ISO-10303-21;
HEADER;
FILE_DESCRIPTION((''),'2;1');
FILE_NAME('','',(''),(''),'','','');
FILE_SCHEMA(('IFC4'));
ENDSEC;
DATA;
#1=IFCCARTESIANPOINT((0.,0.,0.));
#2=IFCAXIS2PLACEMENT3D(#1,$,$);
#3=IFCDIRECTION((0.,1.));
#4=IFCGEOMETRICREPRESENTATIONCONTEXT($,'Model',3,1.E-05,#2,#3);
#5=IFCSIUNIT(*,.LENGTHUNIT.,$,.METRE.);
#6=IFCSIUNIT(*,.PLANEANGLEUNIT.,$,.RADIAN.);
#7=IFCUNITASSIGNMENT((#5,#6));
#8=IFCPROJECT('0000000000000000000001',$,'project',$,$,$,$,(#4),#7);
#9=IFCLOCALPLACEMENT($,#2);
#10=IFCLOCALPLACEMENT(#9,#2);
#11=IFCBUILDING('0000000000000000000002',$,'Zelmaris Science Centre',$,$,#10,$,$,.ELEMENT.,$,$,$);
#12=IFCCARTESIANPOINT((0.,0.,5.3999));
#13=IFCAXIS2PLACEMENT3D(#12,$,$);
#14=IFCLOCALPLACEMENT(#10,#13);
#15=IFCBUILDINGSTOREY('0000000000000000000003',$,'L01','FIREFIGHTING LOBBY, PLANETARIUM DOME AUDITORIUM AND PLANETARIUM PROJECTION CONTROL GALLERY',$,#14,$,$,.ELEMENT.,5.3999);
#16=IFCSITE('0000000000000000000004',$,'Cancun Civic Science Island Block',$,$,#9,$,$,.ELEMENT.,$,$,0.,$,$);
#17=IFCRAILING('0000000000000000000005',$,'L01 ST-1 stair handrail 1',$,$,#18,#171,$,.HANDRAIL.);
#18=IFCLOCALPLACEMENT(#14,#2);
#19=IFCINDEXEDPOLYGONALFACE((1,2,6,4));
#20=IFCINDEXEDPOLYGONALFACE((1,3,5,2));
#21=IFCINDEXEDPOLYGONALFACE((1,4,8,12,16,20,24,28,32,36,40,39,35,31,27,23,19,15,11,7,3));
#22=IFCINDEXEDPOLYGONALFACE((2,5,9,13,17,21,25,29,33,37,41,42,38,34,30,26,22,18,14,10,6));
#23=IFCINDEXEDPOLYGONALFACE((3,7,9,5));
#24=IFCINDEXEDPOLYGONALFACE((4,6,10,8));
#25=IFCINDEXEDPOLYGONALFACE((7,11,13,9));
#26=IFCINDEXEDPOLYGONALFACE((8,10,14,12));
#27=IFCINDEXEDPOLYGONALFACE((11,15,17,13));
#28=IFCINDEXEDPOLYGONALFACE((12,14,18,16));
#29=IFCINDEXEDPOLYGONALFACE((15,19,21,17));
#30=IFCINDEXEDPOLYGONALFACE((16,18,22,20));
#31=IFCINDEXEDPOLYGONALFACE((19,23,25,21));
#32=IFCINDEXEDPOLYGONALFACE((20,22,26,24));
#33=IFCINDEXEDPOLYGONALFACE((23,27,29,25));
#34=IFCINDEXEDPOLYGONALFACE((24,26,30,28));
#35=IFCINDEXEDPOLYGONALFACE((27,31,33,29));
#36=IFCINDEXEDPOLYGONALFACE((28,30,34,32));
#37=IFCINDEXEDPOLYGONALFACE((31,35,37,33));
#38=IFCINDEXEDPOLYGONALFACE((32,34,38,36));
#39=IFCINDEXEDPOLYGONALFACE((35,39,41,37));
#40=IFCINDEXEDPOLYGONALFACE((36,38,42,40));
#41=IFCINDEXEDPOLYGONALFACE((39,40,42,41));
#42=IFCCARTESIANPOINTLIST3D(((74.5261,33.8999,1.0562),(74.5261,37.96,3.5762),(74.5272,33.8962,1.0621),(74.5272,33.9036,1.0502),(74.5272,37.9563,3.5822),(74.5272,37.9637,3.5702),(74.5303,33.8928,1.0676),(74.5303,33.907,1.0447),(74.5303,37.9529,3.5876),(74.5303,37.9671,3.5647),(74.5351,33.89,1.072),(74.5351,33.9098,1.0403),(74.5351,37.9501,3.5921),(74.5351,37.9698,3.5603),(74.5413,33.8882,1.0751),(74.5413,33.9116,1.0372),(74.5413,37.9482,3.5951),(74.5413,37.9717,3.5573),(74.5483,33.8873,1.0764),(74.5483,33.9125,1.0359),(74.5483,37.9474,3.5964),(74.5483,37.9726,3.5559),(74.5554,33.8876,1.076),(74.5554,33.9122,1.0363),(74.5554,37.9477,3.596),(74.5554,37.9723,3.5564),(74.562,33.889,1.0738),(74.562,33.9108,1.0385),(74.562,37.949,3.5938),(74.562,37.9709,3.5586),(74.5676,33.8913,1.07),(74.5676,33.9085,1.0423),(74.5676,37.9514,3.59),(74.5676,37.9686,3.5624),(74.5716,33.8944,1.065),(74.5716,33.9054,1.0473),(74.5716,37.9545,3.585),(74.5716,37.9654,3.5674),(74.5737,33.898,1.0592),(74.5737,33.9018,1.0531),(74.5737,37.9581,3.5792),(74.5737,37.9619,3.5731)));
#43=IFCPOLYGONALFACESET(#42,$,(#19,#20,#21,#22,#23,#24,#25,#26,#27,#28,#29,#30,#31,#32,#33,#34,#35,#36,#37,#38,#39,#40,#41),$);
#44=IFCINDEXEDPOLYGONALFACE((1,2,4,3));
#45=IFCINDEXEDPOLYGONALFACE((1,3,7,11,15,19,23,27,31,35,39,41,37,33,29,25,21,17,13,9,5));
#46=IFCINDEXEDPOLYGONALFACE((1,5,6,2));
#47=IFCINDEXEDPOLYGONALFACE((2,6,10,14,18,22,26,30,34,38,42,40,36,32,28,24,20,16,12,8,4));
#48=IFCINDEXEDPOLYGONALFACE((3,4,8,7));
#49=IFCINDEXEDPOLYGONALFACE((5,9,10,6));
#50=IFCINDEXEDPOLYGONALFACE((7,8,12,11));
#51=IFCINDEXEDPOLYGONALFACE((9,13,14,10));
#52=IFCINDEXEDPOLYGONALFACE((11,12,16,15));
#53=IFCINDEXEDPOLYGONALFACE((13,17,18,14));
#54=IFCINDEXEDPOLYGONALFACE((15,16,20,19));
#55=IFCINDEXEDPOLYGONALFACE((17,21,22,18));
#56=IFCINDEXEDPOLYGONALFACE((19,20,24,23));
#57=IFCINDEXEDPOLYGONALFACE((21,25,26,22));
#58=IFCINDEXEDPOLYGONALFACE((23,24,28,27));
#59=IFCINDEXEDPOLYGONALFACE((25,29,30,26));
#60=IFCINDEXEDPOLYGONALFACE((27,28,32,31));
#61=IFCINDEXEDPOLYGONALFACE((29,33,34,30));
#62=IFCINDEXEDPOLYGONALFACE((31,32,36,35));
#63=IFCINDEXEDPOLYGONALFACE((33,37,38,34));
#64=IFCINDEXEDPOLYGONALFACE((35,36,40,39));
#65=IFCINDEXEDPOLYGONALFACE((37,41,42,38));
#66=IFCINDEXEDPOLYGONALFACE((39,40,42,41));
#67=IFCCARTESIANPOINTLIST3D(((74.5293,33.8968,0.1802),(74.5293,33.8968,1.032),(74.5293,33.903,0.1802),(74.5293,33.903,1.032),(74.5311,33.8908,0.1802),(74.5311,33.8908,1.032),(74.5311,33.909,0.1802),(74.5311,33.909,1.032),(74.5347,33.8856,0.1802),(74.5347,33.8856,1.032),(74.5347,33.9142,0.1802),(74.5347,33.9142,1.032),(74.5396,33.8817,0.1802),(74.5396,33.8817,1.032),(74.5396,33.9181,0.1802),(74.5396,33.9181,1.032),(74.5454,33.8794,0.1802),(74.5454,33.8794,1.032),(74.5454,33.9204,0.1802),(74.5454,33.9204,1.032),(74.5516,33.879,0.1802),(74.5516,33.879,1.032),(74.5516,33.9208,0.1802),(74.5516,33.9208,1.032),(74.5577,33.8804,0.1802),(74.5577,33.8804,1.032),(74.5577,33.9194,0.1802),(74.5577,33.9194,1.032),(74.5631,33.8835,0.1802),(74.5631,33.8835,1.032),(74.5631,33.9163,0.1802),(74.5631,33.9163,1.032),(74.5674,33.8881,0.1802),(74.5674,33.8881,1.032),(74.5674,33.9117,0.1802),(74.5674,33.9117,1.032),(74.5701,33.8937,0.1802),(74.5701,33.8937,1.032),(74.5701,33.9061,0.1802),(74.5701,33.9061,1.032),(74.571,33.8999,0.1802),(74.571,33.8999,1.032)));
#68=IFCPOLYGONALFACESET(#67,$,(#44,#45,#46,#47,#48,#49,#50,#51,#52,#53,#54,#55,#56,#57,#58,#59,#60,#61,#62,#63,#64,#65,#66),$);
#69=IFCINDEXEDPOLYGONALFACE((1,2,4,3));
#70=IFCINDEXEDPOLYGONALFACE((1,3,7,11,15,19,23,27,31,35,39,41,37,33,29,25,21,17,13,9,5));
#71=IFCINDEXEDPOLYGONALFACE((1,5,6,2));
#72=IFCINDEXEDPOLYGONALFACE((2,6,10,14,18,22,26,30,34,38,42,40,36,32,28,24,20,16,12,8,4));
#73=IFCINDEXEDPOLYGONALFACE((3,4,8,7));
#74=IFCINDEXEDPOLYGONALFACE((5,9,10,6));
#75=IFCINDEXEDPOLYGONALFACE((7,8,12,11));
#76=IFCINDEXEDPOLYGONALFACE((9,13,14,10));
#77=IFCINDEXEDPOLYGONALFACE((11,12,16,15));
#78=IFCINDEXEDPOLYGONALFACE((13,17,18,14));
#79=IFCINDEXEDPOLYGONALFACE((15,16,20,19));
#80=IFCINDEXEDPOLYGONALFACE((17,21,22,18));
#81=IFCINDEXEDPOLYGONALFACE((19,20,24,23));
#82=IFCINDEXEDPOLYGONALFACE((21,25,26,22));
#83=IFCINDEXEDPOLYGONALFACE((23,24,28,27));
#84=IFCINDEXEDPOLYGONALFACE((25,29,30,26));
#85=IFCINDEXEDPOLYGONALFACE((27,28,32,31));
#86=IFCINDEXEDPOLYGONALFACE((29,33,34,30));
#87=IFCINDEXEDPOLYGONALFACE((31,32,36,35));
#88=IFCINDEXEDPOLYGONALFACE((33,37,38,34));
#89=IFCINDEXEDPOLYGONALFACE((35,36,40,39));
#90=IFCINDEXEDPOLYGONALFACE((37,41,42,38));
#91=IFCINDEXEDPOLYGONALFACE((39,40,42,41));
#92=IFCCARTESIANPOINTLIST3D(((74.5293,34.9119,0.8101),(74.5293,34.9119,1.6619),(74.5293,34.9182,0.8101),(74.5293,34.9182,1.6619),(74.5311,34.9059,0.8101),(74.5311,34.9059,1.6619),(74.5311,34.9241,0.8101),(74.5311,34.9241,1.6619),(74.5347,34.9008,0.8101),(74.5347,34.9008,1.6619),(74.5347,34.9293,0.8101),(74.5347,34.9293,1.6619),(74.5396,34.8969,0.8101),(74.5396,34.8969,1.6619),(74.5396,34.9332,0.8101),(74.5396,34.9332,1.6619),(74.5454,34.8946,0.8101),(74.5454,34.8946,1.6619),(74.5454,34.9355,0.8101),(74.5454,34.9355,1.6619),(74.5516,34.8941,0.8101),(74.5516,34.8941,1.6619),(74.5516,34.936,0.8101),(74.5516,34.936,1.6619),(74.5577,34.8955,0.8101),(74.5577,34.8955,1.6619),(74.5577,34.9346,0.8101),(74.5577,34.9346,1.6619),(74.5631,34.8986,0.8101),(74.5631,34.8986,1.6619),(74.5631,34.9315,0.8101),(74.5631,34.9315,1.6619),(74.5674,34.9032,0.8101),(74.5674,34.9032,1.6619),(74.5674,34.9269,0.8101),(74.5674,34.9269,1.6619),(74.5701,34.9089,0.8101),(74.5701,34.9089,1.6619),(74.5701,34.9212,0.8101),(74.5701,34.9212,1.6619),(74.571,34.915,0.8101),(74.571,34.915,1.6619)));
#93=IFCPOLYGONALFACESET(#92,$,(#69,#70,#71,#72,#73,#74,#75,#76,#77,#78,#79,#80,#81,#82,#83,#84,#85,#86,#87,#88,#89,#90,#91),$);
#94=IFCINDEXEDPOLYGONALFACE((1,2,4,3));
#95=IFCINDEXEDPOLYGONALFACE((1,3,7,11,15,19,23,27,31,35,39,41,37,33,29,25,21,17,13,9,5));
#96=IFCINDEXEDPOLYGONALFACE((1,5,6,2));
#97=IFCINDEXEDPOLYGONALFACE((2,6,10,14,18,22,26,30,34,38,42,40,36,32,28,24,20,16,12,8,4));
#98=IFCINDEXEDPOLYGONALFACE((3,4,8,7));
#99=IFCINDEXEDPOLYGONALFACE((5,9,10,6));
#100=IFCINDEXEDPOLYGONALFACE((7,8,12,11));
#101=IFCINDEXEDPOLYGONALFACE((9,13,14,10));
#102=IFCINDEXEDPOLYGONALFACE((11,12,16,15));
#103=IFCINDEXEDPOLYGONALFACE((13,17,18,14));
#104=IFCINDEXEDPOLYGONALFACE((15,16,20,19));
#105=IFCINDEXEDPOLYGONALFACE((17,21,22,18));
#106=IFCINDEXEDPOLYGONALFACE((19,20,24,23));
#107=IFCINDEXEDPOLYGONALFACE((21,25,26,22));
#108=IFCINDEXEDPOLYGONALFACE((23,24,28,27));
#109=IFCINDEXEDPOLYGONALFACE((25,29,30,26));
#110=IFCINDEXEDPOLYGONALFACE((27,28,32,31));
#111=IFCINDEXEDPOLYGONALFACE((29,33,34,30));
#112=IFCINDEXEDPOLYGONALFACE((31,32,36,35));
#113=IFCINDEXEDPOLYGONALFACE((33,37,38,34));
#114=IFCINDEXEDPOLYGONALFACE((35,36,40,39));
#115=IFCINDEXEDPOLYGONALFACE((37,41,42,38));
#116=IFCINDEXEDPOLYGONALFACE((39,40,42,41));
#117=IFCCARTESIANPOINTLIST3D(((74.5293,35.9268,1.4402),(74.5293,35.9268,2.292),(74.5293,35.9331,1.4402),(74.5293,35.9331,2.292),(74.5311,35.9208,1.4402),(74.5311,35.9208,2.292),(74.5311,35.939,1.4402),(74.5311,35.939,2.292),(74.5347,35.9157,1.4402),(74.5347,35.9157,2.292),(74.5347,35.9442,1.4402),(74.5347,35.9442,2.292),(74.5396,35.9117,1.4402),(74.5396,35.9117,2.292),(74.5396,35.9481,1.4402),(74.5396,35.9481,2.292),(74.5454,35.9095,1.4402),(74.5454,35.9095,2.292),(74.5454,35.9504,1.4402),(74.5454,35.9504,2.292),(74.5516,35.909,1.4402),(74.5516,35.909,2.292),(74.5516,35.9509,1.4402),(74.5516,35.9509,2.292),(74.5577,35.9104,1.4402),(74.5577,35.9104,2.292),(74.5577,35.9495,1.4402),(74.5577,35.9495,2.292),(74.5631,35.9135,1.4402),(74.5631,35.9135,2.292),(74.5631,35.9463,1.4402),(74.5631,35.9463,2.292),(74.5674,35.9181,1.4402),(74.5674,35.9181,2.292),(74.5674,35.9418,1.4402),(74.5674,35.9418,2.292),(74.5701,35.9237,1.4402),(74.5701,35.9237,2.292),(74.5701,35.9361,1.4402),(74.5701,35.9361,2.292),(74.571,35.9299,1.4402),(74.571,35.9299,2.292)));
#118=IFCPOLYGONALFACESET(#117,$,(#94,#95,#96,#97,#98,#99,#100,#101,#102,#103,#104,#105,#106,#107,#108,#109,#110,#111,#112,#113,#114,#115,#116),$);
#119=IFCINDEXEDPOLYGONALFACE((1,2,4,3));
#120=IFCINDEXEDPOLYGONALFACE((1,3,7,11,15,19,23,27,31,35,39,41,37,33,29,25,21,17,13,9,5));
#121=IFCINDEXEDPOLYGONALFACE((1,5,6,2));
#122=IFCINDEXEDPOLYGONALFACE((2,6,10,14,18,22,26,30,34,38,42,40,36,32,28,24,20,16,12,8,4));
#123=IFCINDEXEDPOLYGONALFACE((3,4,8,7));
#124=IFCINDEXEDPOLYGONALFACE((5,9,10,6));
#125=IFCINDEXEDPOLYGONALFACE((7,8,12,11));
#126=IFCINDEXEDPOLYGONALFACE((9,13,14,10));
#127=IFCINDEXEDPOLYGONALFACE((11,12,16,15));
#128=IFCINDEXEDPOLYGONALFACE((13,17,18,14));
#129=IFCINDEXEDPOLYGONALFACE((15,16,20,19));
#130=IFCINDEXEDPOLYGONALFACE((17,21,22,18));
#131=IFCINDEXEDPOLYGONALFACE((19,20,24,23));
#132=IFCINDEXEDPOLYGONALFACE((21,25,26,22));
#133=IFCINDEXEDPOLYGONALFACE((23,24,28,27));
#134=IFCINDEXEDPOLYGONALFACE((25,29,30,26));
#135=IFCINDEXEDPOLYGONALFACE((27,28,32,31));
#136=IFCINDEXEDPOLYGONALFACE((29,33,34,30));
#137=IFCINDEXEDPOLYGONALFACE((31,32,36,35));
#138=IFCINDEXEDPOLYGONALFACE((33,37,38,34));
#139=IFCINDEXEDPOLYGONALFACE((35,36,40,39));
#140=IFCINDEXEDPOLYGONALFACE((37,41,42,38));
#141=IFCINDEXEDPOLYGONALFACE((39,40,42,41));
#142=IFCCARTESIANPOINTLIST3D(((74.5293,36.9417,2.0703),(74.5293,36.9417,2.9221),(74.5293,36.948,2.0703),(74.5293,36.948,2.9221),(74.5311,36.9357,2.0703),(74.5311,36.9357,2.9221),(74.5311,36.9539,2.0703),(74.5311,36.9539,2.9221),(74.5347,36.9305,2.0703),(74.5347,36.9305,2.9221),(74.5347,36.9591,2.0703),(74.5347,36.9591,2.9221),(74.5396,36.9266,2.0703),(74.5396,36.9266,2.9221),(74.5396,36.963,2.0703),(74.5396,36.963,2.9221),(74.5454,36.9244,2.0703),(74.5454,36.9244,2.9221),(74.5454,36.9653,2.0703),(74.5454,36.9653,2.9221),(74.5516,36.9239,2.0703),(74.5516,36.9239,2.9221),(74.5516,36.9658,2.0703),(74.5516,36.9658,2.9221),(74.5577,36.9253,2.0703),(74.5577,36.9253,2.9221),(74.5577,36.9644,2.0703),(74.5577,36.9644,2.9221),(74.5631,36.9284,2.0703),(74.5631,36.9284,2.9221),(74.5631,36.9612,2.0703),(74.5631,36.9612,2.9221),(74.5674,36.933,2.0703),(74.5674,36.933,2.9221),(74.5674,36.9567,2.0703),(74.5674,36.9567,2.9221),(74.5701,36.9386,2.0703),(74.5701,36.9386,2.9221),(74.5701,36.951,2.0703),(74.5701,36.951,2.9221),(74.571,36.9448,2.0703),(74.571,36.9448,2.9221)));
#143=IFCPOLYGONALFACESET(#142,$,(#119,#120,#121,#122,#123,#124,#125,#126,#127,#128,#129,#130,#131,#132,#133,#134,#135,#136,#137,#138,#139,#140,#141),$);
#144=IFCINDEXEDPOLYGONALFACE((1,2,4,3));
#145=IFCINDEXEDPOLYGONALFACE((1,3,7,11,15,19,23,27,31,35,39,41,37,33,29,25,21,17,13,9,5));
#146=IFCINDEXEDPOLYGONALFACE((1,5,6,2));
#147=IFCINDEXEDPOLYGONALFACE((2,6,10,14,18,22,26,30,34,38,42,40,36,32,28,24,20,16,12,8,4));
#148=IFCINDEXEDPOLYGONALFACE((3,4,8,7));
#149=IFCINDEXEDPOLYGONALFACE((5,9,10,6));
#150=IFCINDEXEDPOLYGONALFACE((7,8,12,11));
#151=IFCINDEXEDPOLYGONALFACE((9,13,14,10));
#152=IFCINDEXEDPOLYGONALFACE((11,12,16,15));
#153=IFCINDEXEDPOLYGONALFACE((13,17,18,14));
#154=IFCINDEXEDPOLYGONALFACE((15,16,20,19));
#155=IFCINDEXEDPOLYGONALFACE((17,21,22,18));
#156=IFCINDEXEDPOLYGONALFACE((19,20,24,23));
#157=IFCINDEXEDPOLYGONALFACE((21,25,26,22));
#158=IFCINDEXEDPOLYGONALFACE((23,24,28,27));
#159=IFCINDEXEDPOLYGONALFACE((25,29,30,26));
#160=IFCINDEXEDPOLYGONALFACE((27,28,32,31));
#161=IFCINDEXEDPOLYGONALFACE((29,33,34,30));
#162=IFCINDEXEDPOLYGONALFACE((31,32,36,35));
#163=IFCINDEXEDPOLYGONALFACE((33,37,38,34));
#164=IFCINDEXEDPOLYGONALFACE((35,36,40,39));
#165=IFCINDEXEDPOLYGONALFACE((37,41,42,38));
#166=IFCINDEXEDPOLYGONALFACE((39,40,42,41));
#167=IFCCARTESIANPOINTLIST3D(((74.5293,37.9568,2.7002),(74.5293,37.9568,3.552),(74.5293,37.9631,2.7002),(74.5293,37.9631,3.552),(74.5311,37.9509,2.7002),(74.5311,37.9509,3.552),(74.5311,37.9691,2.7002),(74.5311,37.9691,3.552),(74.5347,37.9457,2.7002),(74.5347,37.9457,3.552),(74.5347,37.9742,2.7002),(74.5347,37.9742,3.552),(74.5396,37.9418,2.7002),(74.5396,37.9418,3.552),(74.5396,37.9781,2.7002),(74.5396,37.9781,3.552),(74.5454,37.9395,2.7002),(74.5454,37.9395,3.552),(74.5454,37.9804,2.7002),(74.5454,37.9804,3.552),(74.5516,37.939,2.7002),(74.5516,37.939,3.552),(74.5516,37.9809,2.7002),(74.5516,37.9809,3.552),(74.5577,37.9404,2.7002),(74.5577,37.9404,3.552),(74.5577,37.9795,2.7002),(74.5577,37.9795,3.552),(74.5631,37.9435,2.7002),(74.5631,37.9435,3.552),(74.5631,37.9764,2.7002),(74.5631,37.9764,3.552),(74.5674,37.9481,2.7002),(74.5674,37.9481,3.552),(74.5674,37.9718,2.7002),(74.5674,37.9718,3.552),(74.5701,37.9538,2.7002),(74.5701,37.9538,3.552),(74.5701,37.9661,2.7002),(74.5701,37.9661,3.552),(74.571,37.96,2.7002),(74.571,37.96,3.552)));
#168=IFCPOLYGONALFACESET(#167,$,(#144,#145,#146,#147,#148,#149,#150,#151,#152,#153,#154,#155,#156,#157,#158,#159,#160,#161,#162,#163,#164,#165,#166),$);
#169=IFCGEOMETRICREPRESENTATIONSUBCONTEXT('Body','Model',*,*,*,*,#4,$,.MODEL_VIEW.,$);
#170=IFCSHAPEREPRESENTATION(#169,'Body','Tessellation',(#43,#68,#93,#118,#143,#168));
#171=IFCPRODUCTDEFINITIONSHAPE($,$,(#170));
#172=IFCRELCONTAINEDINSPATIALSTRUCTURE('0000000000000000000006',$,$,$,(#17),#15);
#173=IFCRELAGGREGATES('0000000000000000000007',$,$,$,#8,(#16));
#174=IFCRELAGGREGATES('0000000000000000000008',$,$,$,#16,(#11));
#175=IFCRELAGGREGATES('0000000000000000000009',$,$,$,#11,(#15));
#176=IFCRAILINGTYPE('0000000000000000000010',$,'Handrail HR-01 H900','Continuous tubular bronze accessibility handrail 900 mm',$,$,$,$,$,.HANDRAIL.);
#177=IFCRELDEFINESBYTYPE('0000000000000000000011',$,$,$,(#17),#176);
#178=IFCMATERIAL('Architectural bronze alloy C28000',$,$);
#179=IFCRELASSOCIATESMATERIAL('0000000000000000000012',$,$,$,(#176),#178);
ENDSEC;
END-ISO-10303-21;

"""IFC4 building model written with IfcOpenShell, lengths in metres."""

from ifc_helpers import new_model, si_unit, direction, frame, origin, origin_2d, place, context, subcontext, project, spatial, circle, extrude, material, type_object, element, save


model = new_model("IFC4")

# Units and contexts
model_context = context("Model", 3, precision=1e-05, world=origin(), true_north=direction((0.0, 1.0)))
body_context = subcontext(model_context, "Body", "Model", "MODEL_VIEW")
ifc_project = project(units=[si_unit("LENGTHUNIT", "METRE"), si_unit("PLANEANGLEUNIT", "RADIAN")], contexts=[model_context])

# Site, building, storey
site_placement = place(None, origin())
site = spatial("IfcSite", under=ifc_project, at=site_placement, Name="Cancun Civic Science Island Block", CompositionType="ELEMENT", RefElevation=0.0)
building_placement = place(site_placement, origin())
building = spatial("IfcBuilding", under=site, at=building_placement, Name="Zelmaris Science Centre", CompositionType="ELEMENT")
storey_placement = place(building_placement, frame((0.0, 0.0, 5.3999)))
storey = spatial("IfcBuildingStorey", under=building, at=storey_placement, Name="L01", Description="FIREFIGHTING LOBBY, PLANETARIUM DOME AUDITORIUM AND PLANETARIUM PROJECTION CONTROL GALLERY", CompositionType="ELEMENT", Elevation=5.3999)

# Railing
ifc_material_1 = material(Name="Architectural bronze alloy C28000")
railing_type_1 = type_object("IfcRailingType", Name="Handrail HR-01 H900", Description="Continuous tubular bronze accessibility handrail 900 mm", PredefinedType="HANDRAIL", material=ifc_material_1)
railing_1_placement = place(storey_placement, frame((74.55, 33.8999, 0.1802)))
element("IfcRailing", 1, at=railing_1_placement, inside=storey, type_object=railing_type_1, Name="L01 ST-1 stair handrail 1", PredefinedType="HANDRAIL", context=body_context, shape_type="SweptSolid", body=[
    extrude(circle(Radius=0.0239, at=origin_2d()), frame((0.0, 0.0, 0.876), z_axis=(0.0, 0.849642, 0.52736), x_axis=(-1.0, 0.0, 0.0)), (0.0, 0.0, 1.0), 4.7786),
    extrude(circle(Radius=0.021, at=origin_2d()), origin(), (0.0, 0.0, 1.0), 0.8518),
    extrude(circle(Radius=0.021, at=origin_2d()), frame((0.0, 1.0151, 0.6299)), (0.0, 0.0, 1.0), 0.8518),
    extrude(circle(Radius=0.021, at=origin_2d()), frame((0.0, 2.03, 1.26)), (0.0, 0.0, 1.0), 0.8518),
    extrude(circle(Radius=0.021, at=origin_2d()), frame((0.0, 3.0449, 1.8901)), (0.0, 0.0, 1.0), 0.8518),
    extrude(circle(Radius=0.021, at=origin_2d()), frame((0.0, 4.0601, 2.52)), (0.0, 0.0, 1.0), 0.8518),
])

save(model, "model.ifc")
